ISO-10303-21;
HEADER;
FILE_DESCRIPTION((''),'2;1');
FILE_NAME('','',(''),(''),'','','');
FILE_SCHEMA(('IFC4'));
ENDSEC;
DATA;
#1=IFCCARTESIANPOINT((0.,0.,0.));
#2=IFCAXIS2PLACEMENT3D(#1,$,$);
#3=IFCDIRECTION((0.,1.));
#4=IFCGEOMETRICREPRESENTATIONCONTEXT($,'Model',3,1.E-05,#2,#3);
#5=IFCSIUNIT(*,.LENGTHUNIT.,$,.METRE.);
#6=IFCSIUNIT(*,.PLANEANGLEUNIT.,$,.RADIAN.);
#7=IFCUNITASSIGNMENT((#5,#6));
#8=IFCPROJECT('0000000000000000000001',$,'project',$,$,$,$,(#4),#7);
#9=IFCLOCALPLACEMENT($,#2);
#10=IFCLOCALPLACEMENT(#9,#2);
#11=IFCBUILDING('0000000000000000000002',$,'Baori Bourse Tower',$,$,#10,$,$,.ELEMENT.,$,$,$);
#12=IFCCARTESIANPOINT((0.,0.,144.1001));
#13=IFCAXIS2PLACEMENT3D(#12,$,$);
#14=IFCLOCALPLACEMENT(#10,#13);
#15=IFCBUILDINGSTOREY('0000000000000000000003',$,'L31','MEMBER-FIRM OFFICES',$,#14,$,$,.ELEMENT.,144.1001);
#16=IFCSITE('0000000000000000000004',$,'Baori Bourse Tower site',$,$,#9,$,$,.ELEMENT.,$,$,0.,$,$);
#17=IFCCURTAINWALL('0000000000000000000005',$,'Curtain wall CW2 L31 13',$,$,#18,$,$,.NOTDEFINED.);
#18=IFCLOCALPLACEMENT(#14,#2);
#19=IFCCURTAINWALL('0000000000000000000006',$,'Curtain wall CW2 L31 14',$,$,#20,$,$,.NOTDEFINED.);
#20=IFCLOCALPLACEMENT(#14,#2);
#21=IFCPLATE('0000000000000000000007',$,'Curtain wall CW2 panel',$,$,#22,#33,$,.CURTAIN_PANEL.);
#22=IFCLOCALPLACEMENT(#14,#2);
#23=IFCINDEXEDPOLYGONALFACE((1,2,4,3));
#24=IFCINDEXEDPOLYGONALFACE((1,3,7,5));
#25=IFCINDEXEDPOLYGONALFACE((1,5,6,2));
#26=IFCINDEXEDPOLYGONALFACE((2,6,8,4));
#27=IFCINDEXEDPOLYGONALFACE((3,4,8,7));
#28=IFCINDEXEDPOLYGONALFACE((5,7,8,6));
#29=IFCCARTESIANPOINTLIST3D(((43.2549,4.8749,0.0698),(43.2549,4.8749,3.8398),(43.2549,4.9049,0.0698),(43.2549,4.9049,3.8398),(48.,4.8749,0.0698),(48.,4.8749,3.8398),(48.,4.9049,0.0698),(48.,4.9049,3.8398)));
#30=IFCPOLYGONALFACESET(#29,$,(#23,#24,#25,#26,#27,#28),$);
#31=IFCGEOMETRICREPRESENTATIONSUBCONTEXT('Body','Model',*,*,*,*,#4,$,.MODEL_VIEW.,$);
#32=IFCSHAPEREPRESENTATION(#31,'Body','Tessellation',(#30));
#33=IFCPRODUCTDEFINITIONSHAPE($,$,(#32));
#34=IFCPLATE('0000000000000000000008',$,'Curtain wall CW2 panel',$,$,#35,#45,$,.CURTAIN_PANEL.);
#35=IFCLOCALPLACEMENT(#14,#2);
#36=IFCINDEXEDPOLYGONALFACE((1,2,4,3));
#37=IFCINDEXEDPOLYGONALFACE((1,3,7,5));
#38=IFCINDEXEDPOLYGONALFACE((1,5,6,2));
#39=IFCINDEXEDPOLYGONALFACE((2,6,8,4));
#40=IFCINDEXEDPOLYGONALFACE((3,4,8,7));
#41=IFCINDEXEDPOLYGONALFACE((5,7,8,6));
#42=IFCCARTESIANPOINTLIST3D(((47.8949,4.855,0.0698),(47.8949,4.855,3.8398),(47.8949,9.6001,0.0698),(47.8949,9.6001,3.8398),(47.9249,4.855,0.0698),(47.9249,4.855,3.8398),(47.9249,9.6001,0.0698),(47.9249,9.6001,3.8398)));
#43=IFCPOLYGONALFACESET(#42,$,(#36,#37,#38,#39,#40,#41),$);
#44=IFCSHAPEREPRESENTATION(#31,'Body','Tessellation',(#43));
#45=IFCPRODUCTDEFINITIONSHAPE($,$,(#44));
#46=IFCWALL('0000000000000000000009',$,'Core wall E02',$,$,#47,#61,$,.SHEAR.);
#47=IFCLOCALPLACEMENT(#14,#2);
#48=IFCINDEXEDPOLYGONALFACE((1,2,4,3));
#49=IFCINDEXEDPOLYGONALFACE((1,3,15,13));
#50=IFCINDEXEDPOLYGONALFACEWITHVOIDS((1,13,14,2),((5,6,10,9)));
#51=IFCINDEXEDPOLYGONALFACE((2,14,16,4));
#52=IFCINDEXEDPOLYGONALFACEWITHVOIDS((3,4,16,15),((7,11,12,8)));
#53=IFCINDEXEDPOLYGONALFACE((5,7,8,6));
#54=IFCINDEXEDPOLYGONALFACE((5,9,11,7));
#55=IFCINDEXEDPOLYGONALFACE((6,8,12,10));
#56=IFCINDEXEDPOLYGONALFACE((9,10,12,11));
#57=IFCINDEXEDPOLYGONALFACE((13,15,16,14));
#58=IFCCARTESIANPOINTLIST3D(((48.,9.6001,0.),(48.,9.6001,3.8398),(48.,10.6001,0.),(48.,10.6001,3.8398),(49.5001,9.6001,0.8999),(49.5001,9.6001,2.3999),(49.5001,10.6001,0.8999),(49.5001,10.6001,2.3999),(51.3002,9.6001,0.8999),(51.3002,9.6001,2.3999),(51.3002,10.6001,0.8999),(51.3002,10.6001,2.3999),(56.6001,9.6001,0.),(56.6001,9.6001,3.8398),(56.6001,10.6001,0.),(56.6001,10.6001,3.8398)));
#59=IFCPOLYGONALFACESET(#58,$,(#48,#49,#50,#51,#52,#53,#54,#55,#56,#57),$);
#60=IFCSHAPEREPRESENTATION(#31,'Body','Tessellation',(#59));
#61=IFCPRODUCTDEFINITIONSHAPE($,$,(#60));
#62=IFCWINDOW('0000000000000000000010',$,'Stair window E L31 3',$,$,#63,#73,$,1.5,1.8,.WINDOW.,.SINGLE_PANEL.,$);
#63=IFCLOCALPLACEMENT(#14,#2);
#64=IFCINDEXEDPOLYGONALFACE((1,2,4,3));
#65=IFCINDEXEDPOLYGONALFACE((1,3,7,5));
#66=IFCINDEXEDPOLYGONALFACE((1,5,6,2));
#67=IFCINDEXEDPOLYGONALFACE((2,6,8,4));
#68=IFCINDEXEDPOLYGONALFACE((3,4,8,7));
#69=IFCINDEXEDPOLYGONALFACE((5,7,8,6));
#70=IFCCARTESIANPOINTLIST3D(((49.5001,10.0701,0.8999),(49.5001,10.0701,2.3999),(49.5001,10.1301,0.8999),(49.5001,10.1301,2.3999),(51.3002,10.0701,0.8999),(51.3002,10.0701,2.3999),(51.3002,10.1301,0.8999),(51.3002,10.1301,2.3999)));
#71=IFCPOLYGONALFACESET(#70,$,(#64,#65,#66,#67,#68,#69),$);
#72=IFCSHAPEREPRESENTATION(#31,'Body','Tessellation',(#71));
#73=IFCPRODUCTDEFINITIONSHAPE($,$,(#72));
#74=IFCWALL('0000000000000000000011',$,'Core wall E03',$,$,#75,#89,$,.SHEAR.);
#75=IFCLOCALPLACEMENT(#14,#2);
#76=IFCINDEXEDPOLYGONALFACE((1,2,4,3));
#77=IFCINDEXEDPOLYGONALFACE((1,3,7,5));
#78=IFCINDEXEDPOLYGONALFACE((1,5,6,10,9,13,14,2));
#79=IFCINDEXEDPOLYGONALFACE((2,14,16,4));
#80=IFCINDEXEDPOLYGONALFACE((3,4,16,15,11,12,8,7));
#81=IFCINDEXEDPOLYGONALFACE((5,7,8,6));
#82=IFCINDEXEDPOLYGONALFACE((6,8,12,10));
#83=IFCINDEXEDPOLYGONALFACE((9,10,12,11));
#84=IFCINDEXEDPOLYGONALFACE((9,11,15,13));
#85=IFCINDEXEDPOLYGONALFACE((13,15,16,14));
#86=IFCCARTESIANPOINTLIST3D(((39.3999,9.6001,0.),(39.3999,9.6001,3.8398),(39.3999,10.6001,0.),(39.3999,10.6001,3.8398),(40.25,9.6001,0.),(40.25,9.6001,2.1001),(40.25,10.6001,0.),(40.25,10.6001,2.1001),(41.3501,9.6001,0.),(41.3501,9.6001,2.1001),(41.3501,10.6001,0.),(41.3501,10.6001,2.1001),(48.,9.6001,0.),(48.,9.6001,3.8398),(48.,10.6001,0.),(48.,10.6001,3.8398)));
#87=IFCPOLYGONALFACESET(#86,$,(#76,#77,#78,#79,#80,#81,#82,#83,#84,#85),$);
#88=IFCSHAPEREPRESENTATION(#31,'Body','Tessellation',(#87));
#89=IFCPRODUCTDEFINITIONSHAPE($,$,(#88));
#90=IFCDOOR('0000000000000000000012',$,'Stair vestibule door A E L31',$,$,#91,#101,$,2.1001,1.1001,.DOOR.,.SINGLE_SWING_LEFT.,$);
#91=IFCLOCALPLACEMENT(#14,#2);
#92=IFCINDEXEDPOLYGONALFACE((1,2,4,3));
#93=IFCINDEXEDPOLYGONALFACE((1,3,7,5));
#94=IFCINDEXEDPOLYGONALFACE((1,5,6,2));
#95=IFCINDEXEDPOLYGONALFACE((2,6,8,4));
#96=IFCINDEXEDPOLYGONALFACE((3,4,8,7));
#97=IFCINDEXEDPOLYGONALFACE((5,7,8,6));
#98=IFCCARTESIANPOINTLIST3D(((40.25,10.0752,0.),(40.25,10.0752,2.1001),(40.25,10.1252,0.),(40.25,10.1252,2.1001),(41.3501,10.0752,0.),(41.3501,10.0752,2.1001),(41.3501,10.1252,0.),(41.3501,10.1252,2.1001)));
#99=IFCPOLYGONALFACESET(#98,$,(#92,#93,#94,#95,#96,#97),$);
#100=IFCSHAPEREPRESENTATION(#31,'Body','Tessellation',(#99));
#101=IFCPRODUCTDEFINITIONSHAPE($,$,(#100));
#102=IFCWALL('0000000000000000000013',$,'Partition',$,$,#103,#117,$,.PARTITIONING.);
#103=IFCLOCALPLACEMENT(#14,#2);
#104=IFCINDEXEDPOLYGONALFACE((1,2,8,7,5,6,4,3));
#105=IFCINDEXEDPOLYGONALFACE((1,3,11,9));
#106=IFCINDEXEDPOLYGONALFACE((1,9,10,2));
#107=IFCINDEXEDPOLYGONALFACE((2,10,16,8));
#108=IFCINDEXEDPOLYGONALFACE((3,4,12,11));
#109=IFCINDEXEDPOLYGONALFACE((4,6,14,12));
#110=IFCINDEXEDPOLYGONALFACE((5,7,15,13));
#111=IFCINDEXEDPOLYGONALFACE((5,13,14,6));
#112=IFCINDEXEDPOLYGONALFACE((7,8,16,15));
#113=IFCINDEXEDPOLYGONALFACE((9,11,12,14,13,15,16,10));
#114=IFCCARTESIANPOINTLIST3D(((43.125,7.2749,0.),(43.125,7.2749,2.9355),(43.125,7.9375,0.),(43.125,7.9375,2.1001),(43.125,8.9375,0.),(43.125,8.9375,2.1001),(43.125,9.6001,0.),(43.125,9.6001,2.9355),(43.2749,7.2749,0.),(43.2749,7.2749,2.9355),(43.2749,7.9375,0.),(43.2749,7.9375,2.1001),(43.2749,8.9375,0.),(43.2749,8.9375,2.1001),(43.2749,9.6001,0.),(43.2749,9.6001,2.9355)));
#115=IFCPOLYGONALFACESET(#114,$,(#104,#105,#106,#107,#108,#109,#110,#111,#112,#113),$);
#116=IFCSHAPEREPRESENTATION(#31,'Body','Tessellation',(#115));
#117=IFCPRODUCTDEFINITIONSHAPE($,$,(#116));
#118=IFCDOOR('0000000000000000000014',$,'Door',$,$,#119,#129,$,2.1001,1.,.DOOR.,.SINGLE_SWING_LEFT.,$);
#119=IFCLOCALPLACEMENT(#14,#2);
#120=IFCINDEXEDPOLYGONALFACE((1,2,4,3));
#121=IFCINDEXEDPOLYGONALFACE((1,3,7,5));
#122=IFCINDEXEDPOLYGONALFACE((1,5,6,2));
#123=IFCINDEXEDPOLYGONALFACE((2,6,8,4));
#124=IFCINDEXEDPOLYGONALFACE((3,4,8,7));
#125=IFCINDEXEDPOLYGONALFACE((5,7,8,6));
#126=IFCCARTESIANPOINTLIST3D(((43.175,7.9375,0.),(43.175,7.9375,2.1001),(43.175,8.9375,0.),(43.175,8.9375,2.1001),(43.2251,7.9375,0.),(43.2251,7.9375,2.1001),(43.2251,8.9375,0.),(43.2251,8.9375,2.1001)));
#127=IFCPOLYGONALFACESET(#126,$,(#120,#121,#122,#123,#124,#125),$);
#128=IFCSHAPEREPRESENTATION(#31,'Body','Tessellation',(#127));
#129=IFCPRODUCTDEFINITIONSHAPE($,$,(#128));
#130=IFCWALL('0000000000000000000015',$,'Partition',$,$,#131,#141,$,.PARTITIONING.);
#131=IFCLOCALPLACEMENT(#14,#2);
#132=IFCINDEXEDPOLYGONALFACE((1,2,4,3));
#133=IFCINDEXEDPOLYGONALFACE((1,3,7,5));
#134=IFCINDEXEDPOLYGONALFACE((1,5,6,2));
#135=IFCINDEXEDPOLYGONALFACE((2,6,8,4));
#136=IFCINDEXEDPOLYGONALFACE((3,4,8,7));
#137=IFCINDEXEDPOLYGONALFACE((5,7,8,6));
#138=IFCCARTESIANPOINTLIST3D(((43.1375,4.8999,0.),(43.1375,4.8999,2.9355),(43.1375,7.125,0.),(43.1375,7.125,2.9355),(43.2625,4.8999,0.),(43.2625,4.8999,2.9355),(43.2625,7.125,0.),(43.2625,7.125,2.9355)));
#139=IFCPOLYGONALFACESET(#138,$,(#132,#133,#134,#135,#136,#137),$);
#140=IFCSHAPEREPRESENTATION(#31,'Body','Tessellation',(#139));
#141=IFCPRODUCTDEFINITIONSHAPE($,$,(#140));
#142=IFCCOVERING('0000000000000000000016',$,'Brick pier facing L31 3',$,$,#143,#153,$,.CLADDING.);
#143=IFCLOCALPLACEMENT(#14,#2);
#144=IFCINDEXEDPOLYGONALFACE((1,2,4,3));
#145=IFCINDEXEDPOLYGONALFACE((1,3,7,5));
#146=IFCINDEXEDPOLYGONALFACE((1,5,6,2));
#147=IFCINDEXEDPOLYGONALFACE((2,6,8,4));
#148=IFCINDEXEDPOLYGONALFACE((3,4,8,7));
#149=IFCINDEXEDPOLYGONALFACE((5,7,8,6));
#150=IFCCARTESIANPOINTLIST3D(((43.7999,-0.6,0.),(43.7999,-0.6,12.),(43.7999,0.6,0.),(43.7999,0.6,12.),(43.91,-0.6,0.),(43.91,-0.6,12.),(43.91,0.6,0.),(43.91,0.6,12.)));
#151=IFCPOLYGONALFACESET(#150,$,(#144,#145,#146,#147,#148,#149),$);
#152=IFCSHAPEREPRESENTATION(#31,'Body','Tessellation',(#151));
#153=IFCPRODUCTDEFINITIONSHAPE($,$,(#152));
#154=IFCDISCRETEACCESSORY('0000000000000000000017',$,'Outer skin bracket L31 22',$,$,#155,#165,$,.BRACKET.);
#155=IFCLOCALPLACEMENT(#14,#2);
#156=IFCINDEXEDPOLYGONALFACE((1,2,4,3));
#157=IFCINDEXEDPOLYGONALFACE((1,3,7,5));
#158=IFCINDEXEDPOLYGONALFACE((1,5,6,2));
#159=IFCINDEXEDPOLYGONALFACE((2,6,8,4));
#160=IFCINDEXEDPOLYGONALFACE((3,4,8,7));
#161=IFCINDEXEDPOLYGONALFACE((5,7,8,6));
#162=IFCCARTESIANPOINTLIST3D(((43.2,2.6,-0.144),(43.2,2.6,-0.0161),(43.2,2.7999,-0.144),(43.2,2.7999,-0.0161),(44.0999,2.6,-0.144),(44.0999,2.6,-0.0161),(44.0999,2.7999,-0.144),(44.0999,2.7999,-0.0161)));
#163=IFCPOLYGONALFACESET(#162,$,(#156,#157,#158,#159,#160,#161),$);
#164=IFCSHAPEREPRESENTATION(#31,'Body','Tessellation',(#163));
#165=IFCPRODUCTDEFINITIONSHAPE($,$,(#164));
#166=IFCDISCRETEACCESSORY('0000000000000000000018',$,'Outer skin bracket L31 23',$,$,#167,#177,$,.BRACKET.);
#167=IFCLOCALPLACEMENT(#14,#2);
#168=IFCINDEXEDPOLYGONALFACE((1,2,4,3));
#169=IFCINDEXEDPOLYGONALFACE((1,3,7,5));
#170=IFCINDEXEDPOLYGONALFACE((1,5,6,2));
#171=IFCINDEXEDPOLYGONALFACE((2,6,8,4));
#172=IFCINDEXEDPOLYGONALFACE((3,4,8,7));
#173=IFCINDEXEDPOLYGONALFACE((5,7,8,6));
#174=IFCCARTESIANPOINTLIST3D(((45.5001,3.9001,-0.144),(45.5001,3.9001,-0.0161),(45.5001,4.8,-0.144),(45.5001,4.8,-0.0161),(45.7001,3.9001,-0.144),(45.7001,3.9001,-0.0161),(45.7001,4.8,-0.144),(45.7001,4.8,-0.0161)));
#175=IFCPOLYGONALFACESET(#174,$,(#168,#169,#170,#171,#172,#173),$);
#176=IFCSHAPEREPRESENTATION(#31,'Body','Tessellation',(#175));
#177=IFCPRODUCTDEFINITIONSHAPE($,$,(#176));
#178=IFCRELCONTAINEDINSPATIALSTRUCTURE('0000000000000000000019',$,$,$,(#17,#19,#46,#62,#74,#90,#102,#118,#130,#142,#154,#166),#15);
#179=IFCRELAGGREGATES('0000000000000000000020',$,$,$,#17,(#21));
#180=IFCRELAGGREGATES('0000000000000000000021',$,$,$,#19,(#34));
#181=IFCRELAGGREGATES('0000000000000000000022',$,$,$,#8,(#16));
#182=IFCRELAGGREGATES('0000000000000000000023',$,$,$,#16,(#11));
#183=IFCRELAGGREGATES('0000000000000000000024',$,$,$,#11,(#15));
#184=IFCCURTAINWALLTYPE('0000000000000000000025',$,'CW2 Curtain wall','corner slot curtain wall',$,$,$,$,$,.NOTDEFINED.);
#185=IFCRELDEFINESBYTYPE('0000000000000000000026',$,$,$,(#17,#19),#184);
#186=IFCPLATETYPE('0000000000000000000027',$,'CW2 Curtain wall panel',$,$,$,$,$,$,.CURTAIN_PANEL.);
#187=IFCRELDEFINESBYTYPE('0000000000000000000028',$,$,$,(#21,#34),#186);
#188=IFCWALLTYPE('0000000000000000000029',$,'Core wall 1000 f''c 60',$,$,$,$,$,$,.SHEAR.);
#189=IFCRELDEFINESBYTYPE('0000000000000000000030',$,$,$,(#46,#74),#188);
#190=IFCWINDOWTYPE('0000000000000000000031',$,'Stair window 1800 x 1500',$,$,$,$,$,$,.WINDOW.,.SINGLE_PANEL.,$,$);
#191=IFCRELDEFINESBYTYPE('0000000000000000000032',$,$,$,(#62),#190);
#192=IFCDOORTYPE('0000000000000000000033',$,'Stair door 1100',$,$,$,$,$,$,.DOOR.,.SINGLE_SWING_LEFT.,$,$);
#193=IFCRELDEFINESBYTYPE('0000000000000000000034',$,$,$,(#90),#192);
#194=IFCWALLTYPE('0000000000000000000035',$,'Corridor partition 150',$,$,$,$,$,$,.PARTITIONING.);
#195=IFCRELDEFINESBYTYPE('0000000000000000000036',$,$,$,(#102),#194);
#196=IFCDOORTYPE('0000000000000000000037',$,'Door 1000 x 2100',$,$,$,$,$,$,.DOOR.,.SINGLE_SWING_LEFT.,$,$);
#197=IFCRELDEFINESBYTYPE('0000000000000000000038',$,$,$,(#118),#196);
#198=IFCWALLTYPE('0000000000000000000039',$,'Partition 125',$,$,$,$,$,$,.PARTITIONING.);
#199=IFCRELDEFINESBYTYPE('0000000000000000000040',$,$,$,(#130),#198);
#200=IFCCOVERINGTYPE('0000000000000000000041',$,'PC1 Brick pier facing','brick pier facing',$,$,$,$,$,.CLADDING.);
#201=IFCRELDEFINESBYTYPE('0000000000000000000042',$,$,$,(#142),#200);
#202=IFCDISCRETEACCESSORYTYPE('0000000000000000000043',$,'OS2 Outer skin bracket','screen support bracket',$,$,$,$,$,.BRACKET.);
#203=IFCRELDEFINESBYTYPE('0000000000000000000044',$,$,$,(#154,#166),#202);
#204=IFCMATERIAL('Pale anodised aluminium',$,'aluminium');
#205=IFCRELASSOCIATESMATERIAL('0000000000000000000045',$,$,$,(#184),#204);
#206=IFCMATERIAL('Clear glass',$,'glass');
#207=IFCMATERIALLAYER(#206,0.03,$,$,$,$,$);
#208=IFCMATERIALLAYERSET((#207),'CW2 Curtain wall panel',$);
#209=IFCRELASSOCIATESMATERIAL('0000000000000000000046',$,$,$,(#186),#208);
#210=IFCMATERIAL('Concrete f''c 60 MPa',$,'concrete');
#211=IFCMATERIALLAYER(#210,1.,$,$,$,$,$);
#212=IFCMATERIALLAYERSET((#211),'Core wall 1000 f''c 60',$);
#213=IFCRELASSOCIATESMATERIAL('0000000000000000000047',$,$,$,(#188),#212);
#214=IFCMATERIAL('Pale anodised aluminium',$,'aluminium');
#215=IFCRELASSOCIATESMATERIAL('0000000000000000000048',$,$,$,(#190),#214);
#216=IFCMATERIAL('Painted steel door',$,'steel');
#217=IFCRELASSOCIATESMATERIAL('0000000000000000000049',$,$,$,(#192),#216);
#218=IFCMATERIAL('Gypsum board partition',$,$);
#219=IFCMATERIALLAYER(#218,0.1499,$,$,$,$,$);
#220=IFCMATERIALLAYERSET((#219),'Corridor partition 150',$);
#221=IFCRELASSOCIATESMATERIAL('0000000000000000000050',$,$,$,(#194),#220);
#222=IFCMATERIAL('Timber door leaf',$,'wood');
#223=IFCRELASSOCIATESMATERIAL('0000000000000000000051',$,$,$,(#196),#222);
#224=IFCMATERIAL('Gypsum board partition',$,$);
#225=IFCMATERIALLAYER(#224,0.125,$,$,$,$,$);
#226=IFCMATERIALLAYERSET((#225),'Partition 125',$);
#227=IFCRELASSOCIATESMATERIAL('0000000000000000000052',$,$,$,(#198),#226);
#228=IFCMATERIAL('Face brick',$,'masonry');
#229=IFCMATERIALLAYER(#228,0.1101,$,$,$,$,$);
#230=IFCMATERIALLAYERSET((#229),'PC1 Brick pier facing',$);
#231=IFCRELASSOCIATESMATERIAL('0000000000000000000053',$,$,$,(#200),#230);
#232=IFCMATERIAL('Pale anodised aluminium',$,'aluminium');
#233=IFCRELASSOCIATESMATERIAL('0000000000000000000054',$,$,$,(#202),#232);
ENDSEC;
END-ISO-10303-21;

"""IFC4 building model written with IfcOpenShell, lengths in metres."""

from ifc_helpers import new_model, si_unit, direction, frame, frame_2d, origin, origin_2d, place, context, subcontext, project, spatial, rectangle, extrude, material, layer, layer_set, type_object, element, fill, aggregate, save


model = new_model("IFC4")

# Units and contexts
model_context = context("Model", 3, precision=1e-05, world=origin(), true_north=direction((0.0, 1.0)))
body_context = subcontext(model_context, "Body", "Model", "MODEL_VIEW")
ifc_project = project(units=[si_unit("LENGTHUNIT", "METRE"), si_unit("PLANEANGLEUNIT", "RADIAN")], contexts=[model_context])

# Site, building, storey
site_placement = place(None, origin())
site = spatial("IfcSite", under=ifc_project, at=site_placement, Name="Baori Bourse Tower site", CompositionType="ELEMENT", RefElevation=0.0)
building_placement = place(site_placement, origin())
building = spatial("IfcBuilding", under=site, at=building_placement, Name="Baori Bourse Tower", CompositionType="ELEMENT")
storey_placement = place(building_placement, frame((0.0, 0.0, 144.1001)))
storey = spatial("IfcBuildingStorey", under=building, at=storey_placement, Name="L31", Description="MEMBER-FIRM OFFICES", CompositionType="ELEMENT", Elevation=144.1001)

# Curtain walls
ifc_material_1 = material(Name="Pale anodised aluminium", Category="aluminium")
curtain_wall_type = type_object("IfcCurtainWallType", Name="CW2 Curtain wall", Description="corner slot curtain wall", PredefinedType="NOTDEFINED", material=ifc_material_1)
curtain_wall_1_placement = place(storey_placement, origin())
curtain_wall_1 = element("IfcCurtainWall", 1, at=curtain_wall_1_placement, inside=storey, type_object=curtain_wall_type, Name="Curtain wall CW2 L31 13", PredefinedType="NOTDEFINED")
curtain_wall_2_placement = place(storey_placement, origin())
curtain_wall_2 = element("IfcCurtainWall", 2, at=curtain_wall_2_placement, inside=storey, type_object=curtain_wall_type, Name="Curtain wall CW2 L31 14", PredefinedType="NOTDEFINED")

# Plates
ifc_material_2 = material(Name="Clear glass", Category="glass")
ifc_layer_1 = layer(ifc_material_2, 0.03)
ifc_layer_set_1 = layer_set([ifc_layer_1], Name="CW2 Curtain wall panel")
plate_type = type_object("IfcPlateType", Name="CW2 Curtain wall panel", PredefinedType="CURTAIN_PANEL", material=ifc_layer_set_1)
plate_1_placement = place(storey_placement, frame((45.6274, 4.8899, 0.0698), z_axis=(0.0, 0.0, 1.0), x_axis=(1.0, 0.0, 0.0)))
plate_1 = element("IfcPlate", 3, at=plate_1_placement, type_object=plate_type, Name="Curtain wall CW2 panel", PredefinedType="CURTAIN_PANEL", context=body_context, shape_type="SweptSolid", body=[
    extrude(rectangle(XDim=4.7451, YDim=0.03, at=origin_2d()), origin(), (0.0, 0.0, 1.0), 3.77),
])
aggregate(curtain_wall_1, [plate_1])
plate_2_placement = place(storey_placement, frame((47.9099, 7.2275, 0.0698), z_axis=(0.0, 0.0, 1.0), x_axis=(0.0, 1.0, 0.0)))
plate_2 = element("IfcPlate", 4, at=plate_2_placement, type_object=plate_type, Name="Curtain wall CW2 panel", PredefinedType="CURTAIN_PANEL", context=body_context, shape_type="SweptSolid", body=[
    extrude(rectangle(XDim=4.7451, YDim=0.03, at=origin_2d()), origin(), (0.0, 0.0, 1.0), 3.77),
])
aggregate(curtain_wall_2, [plate_2])

# Wall, opening, window
ifc_material_3 = material(Name="Concrete f'c 60 MPa", Category="concrete")
ifc_layer_2 = layer(ifc_material_3, 1.0)
ifc_layer_set_2 = layer_set([ifc_layer_2], Name="Core wall 1000 f'c 60")
wall_type_1 = type_object("IfcWallType", Name="Core wall 1000 f'c 60", PredefinedType="SHEAR", material=ifc_layer_set_2)
wall_1_placement = place(storey_placement, frame((56.6001, 10.1001, 0.0), z_axis=(0.0, 0.0, 1.0), x_axis=(-1.0, 0.0, 0.0)))
wall_1 = element("IfcWall", 5, at=wall_1_placement, inside=storey, type_object=wall_type_1, Name="Core wall E02", PredefinedType="SHEAR", context=body_context, shape_type="SweptSolid", body=[
    extrude(rectangle(XDim=8.6001, YDim=1.0, at=frame_2d((4.3, 0.0))), origin(), (0.0, 0.0, 1.0), 3.8398),
])
opening_1_placement = place(wall_1_placement, frame((5.3, 0.0, 0.8999)))
opening_1 = element("IfcOpeningElement", 6, at=opening_1_placement, cuts=wall_1, PredefinedType="OPENING", context=body_context, shape_type="SweptSolid", body=[
    extrude(rectangle(XDim=1.8, YDim=1.5, at=frame_2d((0.8999, 0.75))), frame((0.0, 0.51, 0.0), z_axis=(0.0, -1.0, 0.0), x_axis=(1.0, 0.0, 0.0)), (0.0, 0.0, 1.0), 1.02),
])
ifc_material_4 = material(Name="Pale anodised aluminium", Category="aluminium")
window_type = type_object("IfcWindowType", Name="Stair window 1800 x 1500", PartitioningType="SINGLE_PANEL", PredefinedType="WINDOW", material=ifc_material_4)
window_placement = place(opening_1_placement, origin())
window = element("IfcWindow", 7, at=window_placement, inside=storey, type_object=window_type, Name="Stair window E L31 3", OverallHeight=1.5, OverallWidth=1.8, PartitioningType="SINGLE_PANEL", PredefinedType="WINDOW", context=body_context, shape_type="SweptSolid", body=[
    extrude(rectangle(XDim=1.8, YDim=1.5, at=frame_2d((0.8999, 0.75))), frame((0.0, 0.03, 0.0), z_axis=(0.0, -1.0, 0.0), x_axis=(1.0, 0.0, 0.0)), (0.0, 0.0, 1.0), 0.0601),
])
fill(opening_1, window)

# Walls, openings, doors
wall_2_placement = place(storey_placement, frame((48.0, 10.1001, 0.0), z_axis=(0.0, 0.0, 1.0), x_axis=(-1.0, 0.0, 0.0)))
wall_2 = element("IfcWall", 8, at=wall_2_placement, inside=storey, type_object=wall_type_1, Name="Core wall E03", PredefinedType="SHEAR", context=body_context, shape_type="SweptSolid", body=[
    extrude(rectangle(XDim=8.6001, YDim=1.0, at=frame_2d((4.3, 0.0))), origin(), (0.0, 0.0, 1.0), 3.8398),
])
opening_2_placement = place(wall_2_placement, frame((6.6499, 0.0, 0.0)))
opening_2 = element("IfcOpeningElement", 9, at=opening_2_placement, cuts=wall_2, PredefinedType="OPENING", context=body_context, shape_type="SweptSolid", body=[
    extrude(rectangle(XDim=1.1001, YDim=2.1001, at=frame_2d((0.55, 1.05))), frame((0.0, 0.51, 0.0), z_axis=(0.0, -1.0, 0.0), x_axis=(1.0, 0.0, 0.0)), (0.0, 0.0, 1.0), 1.02),
])
ifc_material_5 = material(Name="Painted steel door", Category="steel")
door_type_1 = type_object("IfcDoorType", Name="Stair door 1100", OperationType="SINGLE_SWING_LEFT", PredefinedType="DOOR", material=ifc_material_5)
door_1_placement = place(opening_2_placement, origin())
door_1 = element("IfcDoor", 10, at=door_1_placement, inside=storey, type_object=door_type_1, Name="Stair vestibule door A E L31", OperationType="SINGLE_SWING_LEFT", OverallHeight=2.1001, OverallWidth=1.1001, PredefinedType="DOOR", context=body_context, shape_type="SweptSolid", body=[
    extrude(rectangle(XDim=1.1001, YDim=2.1001, at=frame_2d((0.55, 1.05))), frame((0.0, 0.0249, 0.0), z_axis=(0.0, -1.0, 0.0), x_axis=(1.0, 0.0, 0.0)), (0.0, 0.0, 1.0), 0.05),
])
fill(opening_2, door_1)
ifc_material_6 = material(Name="Gypsum board partition")
ifc_layer_3 = layer(ifc_material_6, 0.1499)
ifc_layer_set_3 = layer_set([ifc_layer_3], Name="Corridor partition 150")
wall_type_2 = type_object("IfcWallType", Name="Corridor partition 150", PredefinedType="PARTITIONING", material=ifc_layer_set_3)
wall_3_placement = place(storey_placement, frame((43.2, 7.2749, 0.0), z_axis=(0.0, 0.0, 1.0), x_axis=(0.0, 1.0, 0.0)))
wall_3 = element("IfcWall", 11, at=wall_3_placement, inside=storey, type_object=wall_type_2, Name="Partition", PredefinedType="PARTITIONING", context=body_context, shape_type="SweptSolid", body=[
    extrude(rectangle(XDim=2.3252, YDim=0.1499, at=frame_2d((1.1626, 0.0))), origin(), (0.0, 0.0, 1.0), 2.9355),
])
opening_3_placement = place(wall_3_placement, frame((0.6626, 0.0, 0.0)))
opening_3 = element("IfcOpeningElement", 12, at=opening_3_placement, cuts=wall_3, PredefinedType="OPENING", context=body_context, shape_type="SweptSolid", body=[
    extrude(rectangle(XDim=1.0, YDim=2.1001, at=frame_2d((0.5, 1.05))), frame((0.0, 0.085, 0.0), z_axis=(0.0, -1.0, 0.0), x_axis=(1.0, 0.0, 0.0)), (0.0, 0.0, 1.0), 0.1699),
])
ifc_material_7 = material(Name="Timber door leaf", Category="wood")
door_type_2 = type_object("IfcDoorType", Name="Door 1000 x 2100", OperationType="SINGLE_SWING_LEFT", PredefinedType="DOOR", material=ifc_material_7)
door_2_placement = place(opening_3_placement, origin())
door_2 = element("IfcDoor", 13, at=door_2_placement, inside=storey, type_object=door_type_2, Name="Door", OperationType="SINGLE_SWING_LEFT", OverallHeight=2.1001, OverallWidth=1.0, PredefinedType="DOOR", context=body_context, shape_type="SweptSolid", body=[
    extrude(rectangle(XDim=1.0, YDim=2.1001, at=frame_2d((0.5, 1.05))), frame((0.0, 0.0249, 0.0), z_axis=(0.0, -1.0, 0.0), x_axis=(1.0, 0.0, 0.0)), (0.0, 0.0, 1.0), 0.05),
])
fill(opening_3, door_2)

# Wall
ifc_material_8 = material(Name="Gypsum board partition")
ifc_layer_4 = layer(ifc_material_8, 0.125)
ifc_layer_set_4 = layer_set([ifc_layer_4], Name="Partition 125")
wall_type_3 = type_object("IfcWallType", Name="Partition 125", PredefinedType="PARTITIONING", material=ifc_layer_set_4)
wall_4_placement = place(storey_placement, frame((43.2, 4.8999, 0.0), z_axis=(0.0, 0.0, 1.0), x_axis=(0.0, 1.0, 0.0)))
element("IfcWall", 14, at=wall_4_placement, inside=storey, type_object=wall_type_3, Name="Partition", PredefinedType="PARTITIONING", context=body_context, shape_type="SweptSolid", body=[
    extrude(rectangle(XDim=2.2251, YDim=0.125, at=frame_2d((1.1125, 0.0))), origin(), (0.0, 0.0, 1.0), 2.9355),
])

# Covering
ifc_material_9 = material(Name="Face brick", Category="masonry")
ifc_layer_5 = layer(ifc_material_9, 0.1101)
ifc_layer_set_5 = layer_set([ifc_layer_5], Name="PC1 Brick pier facing")
covering_type = type_object("IfcCoveringType", Name="PC1 Brick pier facing", Description="brick pier facing", PredefinedType="CLADDING", material=ifc_layer_set_5)
covering_placement = place(storey_placement, frame((43.855, 0.0, 0.0), z_axis=(0.0, 0.0, 1.0), x_axis=(1.0, 0.0, 0.0)))
element("IfcCovering", 15, at=covering_placement, inside=storey, type_object=covering_type, Name="Brick pier facing L31 3", PredefinedType="CLADDING", context=body_context, shape_type="SweptSolid", body=[
    extrude(rectangle(XDim=0.1101, YDim=1.2, at=origin_2d()), origin(), (0.0, 0.0, 1.0), 12.0),
])

# Discrete accessories
ifc_material_10 = material(Name="Pale anodised aluminium", Category="aluminium")
discrete_accessory_type = type_object("IfcDiscreteAccessoryType", Name="OS2 Outer skin bracket", Description="screen support bracket", PredefinedType="BRACKET", material=ifc_material_10)
for number, where, z_axis, x_axis, name in (
    (16, (43.6499, 2.7, -0.144), (0.0, 0.0, 1.0), (0.0, 1.0, 0.0), "Outer skin bracket L31 22"),
    (17, (45.6001, 4.3501, -0.144), (0.0, 0.0, 1.0), (1.0, 0.0, 0.0), "Outer skin bracket L31 23"),
):
    element("IfcDiscreteAccessory", number, at=place(storey_placement, frame(where, z_axis=z_axis, x_axis=x_axis)), inside=storey, type_object=discrete_accessory_type, Name=name, PredefinedType="BRACKET", context=body_context, shape_type="SweptSolid", body=[
        extrude(rectangle(XDim=0.2, YDim=0.8999, at=origin_2d()), origin(), (0.0, 0.0, 1.0), 0.1279),
    ])

save(model, "model.ifc")
